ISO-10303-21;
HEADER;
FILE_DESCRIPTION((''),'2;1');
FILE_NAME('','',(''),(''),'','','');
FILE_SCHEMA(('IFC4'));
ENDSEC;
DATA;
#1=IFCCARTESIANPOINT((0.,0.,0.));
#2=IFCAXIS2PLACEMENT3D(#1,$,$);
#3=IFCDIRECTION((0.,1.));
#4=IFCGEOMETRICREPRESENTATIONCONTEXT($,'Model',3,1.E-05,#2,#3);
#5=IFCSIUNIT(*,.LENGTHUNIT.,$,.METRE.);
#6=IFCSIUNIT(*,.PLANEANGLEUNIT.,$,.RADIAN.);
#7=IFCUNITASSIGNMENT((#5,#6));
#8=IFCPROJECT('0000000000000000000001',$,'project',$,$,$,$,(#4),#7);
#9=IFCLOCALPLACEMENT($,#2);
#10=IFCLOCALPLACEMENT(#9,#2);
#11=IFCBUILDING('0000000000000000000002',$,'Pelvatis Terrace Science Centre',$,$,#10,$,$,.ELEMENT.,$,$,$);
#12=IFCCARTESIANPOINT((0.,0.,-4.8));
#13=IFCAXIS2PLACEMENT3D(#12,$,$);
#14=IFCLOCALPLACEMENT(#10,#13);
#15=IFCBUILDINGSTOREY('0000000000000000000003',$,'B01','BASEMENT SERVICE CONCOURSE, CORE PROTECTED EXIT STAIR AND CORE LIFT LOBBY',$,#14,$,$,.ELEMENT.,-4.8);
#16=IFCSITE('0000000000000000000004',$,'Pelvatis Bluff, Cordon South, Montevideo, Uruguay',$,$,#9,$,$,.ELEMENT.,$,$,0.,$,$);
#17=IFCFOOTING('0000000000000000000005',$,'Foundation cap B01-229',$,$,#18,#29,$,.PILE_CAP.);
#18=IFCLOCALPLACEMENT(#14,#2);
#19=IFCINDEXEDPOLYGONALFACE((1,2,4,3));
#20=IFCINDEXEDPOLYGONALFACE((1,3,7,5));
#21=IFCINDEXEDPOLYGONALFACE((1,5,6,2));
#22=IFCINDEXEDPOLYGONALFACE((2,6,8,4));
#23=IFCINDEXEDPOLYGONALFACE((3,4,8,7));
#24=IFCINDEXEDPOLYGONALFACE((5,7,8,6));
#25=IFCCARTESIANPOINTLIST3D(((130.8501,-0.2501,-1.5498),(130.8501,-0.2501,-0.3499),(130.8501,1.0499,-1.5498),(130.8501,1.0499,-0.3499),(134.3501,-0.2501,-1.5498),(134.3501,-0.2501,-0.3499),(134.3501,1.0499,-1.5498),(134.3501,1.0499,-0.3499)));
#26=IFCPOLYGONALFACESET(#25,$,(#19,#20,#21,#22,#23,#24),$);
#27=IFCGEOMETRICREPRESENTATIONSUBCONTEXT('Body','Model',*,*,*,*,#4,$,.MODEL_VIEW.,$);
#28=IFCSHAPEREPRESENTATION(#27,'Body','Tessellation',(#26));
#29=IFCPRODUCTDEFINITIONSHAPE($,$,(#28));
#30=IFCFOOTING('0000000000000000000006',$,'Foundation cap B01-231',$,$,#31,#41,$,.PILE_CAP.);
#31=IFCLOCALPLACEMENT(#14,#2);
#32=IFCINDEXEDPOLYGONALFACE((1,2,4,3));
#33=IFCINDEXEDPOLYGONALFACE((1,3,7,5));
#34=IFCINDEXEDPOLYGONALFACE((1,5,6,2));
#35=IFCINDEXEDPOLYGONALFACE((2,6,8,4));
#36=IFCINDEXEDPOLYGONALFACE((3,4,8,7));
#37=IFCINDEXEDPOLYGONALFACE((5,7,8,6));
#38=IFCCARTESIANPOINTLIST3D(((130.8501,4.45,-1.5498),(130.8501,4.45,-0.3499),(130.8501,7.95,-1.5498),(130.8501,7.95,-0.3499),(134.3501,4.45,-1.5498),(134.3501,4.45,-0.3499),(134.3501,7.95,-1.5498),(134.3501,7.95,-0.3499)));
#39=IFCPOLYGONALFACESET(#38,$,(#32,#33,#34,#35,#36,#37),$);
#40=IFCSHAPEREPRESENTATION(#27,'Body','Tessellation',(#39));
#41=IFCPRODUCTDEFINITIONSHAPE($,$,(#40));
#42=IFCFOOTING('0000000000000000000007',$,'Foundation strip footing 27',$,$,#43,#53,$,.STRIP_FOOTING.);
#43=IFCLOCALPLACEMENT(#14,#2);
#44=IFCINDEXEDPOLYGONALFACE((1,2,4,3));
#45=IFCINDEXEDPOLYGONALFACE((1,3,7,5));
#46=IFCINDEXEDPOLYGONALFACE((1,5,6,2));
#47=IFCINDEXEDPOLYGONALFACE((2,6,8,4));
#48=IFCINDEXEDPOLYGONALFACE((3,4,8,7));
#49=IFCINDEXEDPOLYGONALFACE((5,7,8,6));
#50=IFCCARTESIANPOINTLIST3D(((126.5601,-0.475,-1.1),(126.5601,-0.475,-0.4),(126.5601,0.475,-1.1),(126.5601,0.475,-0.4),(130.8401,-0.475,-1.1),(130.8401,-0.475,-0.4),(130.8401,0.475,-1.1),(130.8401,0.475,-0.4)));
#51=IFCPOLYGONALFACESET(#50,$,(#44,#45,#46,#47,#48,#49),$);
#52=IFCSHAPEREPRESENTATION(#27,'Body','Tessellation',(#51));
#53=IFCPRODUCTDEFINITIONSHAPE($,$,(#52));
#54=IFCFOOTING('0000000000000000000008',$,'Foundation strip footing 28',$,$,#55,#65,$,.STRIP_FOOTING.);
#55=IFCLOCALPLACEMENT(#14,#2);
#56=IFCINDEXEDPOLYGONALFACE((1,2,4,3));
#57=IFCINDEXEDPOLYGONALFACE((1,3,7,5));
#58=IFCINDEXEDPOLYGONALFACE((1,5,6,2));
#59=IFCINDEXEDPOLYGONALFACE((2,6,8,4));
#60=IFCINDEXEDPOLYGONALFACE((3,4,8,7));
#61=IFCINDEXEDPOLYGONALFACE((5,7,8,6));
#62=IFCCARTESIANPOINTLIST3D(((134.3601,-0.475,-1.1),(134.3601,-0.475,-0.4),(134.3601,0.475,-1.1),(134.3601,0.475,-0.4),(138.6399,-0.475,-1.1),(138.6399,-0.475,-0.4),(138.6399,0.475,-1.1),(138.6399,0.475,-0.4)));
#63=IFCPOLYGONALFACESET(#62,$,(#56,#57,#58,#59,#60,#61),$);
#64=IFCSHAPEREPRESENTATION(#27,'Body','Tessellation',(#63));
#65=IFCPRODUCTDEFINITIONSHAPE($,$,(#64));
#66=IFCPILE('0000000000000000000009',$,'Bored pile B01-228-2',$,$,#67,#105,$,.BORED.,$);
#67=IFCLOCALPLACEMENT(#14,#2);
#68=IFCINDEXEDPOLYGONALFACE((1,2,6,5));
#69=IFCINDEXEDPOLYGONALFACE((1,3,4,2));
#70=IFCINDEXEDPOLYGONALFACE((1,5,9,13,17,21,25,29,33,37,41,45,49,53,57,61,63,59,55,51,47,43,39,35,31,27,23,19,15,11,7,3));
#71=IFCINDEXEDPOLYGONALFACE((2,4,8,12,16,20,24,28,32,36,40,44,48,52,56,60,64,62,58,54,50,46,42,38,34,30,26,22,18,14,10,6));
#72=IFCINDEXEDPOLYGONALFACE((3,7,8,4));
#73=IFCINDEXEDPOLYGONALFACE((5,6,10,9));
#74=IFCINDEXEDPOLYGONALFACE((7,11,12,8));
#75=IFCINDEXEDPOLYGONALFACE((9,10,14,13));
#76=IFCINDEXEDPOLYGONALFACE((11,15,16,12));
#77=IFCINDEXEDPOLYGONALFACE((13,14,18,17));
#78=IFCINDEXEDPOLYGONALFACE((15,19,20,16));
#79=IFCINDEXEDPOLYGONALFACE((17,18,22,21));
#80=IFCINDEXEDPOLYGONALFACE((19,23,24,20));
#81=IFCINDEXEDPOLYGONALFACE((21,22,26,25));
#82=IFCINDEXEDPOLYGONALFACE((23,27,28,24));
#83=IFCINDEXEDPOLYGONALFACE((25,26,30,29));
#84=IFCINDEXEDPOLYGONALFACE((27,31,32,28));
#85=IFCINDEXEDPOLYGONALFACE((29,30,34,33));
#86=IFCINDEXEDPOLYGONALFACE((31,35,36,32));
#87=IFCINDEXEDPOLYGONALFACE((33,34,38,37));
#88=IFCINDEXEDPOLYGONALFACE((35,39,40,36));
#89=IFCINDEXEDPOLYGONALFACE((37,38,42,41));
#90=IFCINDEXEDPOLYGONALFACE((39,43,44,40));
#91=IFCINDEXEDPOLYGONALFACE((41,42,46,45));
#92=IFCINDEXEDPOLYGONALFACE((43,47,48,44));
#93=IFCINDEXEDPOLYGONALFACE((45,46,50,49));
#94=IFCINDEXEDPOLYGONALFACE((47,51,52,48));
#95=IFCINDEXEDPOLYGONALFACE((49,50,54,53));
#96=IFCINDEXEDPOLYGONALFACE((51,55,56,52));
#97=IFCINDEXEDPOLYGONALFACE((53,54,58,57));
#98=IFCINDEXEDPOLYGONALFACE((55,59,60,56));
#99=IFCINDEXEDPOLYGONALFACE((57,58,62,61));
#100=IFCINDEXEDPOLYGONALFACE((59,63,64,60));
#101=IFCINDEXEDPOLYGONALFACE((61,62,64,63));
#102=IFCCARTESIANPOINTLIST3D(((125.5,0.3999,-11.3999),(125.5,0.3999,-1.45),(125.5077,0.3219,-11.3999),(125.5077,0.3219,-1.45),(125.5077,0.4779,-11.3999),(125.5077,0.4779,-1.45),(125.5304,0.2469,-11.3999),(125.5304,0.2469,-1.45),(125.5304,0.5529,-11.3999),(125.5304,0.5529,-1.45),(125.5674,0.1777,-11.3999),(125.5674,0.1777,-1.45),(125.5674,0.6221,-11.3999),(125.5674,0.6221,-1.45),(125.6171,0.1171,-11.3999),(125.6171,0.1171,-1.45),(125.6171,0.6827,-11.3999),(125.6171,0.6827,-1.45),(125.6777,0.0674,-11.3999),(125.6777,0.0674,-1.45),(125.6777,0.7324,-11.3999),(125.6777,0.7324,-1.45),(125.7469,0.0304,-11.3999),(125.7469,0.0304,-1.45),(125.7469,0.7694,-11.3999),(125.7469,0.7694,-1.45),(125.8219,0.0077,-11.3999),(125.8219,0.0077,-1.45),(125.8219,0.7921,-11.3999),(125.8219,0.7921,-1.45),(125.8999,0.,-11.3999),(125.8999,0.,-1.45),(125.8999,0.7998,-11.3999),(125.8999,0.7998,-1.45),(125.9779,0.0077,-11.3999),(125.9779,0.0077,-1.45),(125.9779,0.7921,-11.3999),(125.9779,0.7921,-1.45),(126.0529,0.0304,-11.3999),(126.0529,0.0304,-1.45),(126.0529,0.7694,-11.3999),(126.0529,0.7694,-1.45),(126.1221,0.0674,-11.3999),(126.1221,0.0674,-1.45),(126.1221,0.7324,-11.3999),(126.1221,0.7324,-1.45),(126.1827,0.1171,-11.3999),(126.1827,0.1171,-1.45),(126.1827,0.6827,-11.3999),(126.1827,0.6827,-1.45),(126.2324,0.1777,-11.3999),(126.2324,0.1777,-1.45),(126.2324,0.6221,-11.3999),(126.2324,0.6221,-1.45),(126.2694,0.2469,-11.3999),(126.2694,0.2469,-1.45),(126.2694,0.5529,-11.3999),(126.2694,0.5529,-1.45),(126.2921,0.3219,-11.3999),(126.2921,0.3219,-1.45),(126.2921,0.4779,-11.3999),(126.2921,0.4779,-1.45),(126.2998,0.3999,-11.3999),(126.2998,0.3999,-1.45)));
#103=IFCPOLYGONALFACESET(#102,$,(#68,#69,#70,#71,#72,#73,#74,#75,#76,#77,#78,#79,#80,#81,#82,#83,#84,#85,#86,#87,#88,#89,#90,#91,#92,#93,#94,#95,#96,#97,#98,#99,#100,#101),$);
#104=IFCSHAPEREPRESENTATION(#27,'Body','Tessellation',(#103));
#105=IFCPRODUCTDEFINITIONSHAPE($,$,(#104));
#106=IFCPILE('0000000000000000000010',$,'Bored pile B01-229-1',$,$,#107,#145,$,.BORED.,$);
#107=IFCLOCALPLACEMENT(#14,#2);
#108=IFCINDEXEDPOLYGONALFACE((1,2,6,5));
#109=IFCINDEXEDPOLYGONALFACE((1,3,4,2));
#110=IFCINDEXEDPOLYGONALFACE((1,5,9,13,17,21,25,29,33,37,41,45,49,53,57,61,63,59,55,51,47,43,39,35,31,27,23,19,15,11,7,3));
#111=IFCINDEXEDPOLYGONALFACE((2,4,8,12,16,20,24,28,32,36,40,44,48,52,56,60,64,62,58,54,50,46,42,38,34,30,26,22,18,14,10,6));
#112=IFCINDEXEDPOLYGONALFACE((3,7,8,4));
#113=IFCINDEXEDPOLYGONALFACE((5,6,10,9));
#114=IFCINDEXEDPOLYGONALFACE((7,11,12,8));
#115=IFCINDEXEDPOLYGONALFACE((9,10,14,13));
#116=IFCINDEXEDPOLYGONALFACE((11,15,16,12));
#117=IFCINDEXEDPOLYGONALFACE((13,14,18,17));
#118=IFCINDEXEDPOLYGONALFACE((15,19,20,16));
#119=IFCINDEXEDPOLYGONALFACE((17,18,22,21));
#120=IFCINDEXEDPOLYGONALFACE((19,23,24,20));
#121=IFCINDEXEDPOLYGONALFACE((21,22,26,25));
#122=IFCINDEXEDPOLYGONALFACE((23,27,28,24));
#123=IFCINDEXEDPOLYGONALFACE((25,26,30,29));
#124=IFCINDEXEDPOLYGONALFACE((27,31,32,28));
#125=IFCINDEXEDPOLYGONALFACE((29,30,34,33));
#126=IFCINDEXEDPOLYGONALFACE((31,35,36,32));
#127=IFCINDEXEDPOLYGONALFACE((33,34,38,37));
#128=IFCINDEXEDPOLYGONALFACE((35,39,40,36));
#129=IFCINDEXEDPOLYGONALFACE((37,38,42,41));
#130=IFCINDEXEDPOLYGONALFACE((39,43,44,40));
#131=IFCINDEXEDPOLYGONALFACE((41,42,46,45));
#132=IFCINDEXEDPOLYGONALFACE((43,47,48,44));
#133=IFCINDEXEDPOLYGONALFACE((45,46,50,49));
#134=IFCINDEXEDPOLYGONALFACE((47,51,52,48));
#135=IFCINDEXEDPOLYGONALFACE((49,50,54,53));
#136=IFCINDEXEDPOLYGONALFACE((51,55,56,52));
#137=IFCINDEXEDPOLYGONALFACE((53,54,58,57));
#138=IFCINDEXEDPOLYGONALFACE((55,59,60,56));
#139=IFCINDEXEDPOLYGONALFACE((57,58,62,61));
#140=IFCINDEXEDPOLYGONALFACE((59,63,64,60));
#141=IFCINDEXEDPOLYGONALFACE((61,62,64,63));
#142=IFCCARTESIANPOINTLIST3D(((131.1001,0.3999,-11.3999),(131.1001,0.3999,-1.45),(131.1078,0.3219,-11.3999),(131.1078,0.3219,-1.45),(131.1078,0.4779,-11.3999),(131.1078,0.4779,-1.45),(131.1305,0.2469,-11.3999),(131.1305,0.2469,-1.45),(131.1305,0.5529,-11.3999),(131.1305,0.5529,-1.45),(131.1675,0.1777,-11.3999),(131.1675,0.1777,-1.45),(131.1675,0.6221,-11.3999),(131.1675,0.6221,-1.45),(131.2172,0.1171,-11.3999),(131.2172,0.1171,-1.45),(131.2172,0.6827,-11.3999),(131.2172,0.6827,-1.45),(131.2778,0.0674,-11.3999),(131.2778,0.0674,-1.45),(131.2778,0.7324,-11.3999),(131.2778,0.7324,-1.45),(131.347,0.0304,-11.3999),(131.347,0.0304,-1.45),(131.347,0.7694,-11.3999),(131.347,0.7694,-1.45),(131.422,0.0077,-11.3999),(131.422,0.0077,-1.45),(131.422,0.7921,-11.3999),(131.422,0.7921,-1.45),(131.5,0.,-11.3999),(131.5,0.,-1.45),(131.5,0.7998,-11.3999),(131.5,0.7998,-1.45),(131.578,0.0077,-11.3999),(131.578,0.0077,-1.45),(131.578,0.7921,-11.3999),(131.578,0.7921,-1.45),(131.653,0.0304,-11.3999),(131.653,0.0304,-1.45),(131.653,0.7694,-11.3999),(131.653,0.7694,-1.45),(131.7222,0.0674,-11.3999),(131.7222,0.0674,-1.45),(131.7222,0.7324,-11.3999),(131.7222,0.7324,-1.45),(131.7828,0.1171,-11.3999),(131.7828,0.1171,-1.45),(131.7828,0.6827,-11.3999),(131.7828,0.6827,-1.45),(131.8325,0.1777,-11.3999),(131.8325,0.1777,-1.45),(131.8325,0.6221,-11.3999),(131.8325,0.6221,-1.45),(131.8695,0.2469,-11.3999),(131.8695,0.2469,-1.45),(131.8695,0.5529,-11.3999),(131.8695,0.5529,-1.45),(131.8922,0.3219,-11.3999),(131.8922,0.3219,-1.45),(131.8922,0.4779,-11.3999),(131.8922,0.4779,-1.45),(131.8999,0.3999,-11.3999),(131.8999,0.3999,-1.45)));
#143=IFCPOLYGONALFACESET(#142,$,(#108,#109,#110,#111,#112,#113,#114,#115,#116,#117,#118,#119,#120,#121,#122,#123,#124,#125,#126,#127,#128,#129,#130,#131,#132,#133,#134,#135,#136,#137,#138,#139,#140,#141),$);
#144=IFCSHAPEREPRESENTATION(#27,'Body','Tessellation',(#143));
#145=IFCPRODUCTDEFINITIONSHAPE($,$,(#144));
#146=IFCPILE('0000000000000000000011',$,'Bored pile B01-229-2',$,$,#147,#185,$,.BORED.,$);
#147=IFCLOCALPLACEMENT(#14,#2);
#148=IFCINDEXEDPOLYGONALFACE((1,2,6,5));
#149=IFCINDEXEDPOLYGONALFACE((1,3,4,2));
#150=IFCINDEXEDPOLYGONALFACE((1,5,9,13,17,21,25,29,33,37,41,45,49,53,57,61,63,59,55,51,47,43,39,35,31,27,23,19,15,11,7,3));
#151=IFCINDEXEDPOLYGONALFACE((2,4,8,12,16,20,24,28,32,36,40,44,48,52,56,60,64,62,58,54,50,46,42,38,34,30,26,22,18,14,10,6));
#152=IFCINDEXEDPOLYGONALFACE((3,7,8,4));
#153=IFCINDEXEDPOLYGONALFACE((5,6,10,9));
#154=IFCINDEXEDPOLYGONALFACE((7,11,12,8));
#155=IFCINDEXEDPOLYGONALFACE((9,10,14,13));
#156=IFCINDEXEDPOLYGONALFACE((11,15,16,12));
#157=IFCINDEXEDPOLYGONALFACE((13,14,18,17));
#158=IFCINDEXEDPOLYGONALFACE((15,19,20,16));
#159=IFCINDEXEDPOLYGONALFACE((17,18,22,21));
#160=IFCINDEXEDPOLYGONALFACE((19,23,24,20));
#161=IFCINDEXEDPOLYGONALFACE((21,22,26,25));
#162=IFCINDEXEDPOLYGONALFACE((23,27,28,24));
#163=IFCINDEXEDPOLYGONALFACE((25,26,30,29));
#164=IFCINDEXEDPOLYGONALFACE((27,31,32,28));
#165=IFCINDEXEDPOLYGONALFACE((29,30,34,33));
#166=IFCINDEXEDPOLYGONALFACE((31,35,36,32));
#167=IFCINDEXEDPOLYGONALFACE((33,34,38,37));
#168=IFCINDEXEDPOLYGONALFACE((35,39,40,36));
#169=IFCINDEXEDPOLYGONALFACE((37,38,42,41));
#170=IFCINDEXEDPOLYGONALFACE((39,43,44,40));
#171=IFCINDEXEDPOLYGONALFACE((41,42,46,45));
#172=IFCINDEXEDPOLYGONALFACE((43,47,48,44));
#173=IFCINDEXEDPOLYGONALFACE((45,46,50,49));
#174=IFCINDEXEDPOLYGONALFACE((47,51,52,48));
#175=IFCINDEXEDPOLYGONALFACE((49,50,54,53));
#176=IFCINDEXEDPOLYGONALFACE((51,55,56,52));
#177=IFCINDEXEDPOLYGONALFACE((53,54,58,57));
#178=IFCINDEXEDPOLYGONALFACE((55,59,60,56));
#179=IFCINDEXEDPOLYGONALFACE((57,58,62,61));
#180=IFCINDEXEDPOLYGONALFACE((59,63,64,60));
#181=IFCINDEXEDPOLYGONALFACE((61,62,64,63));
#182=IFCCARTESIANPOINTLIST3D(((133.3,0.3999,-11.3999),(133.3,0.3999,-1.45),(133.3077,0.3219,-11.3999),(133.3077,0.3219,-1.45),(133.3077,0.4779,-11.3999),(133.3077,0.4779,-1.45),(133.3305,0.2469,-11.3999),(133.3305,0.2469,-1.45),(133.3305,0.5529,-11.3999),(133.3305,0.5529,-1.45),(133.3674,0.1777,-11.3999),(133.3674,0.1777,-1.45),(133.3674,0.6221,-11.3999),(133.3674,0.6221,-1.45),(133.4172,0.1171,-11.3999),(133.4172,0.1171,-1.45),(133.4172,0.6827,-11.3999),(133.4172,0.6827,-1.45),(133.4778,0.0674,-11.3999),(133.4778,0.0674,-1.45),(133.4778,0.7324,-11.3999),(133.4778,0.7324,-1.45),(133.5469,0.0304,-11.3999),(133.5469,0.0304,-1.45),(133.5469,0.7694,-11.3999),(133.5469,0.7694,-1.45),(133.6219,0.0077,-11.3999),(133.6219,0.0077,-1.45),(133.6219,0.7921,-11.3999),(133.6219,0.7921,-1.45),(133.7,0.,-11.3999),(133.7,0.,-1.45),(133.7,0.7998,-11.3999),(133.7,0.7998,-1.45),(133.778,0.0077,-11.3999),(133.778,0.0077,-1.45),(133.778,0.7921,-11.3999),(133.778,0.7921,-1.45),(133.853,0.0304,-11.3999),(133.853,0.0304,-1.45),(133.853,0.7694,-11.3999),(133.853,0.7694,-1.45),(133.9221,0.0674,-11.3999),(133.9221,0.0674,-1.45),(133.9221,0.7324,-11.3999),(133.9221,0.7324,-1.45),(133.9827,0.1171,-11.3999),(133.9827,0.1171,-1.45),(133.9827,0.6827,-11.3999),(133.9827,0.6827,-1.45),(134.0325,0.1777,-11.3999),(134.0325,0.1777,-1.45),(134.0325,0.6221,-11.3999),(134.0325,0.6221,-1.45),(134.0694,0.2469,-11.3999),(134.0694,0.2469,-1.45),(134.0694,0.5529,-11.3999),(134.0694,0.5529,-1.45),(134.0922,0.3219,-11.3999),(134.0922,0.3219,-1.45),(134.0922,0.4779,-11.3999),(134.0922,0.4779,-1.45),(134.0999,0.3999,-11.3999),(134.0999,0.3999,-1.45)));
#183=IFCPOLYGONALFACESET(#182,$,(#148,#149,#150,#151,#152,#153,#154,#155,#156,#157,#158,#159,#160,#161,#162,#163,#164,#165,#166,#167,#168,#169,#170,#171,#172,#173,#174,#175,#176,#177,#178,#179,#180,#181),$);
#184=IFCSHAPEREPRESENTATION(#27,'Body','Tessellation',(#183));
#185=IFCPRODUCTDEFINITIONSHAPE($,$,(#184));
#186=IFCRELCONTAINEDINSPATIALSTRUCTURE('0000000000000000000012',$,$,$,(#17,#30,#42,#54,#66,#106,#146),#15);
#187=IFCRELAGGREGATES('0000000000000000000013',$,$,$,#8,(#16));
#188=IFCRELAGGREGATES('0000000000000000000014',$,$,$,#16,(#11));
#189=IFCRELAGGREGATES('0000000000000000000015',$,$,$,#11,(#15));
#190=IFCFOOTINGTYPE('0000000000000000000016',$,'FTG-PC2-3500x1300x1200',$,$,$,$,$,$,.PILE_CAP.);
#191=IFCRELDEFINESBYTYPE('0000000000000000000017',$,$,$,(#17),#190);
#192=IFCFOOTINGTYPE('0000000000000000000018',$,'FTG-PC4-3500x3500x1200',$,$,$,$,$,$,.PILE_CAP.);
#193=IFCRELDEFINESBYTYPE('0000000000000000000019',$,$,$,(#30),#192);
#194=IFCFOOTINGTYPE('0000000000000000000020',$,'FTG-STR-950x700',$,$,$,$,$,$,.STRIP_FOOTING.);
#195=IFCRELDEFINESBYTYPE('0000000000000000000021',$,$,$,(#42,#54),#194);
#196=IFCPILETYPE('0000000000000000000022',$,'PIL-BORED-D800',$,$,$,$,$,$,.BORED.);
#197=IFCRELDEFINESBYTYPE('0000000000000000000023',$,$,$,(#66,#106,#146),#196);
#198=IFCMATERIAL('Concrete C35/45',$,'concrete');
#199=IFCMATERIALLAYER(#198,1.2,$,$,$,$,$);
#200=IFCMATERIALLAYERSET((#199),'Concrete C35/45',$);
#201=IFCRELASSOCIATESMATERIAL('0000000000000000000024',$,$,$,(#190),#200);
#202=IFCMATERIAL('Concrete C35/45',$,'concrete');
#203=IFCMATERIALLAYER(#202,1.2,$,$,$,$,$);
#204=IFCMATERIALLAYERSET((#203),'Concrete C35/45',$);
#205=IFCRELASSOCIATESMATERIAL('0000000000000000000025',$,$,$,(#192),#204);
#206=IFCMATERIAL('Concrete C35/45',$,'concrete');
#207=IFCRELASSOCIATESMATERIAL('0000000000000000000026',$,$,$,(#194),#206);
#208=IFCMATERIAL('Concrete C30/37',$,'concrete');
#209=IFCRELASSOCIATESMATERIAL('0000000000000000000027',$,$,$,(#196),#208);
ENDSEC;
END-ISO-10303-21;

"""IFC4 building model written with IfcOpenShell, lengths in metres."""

from ifc_helpers import new_model, si_unit, direction, frame, origin, origin_2d, place, context, subcontext, project, spatial, rectangle, circle, extrude, material, layer, layer_set, material_profile, profile_set, type_object, element, save


model = new_model("IFC4")

# Units and contexts
model_context = context("Model", 3, precision=1e-05, world=origin(), true_north=direction((0.0, 1.0)))
body_context = subcontext(model_context, "Body", "Model", "MODEL_VIEW")
ifc_project = project(units=[si_unit("LENGTHUNIT", "METRE"), si_unit("PLANEANGLEUNIT", "RADIAN")], contexts=[model_context])

# Site, building, storey
site_placement = place(None, origin())
site = spatial("IfcSite", under=ifc_project, at=site_placement, Name="Pelvatis Bluff, Cordon South, Montevideo, Uruguay", CompositionType="ELEMENT", RefElevation=0.0)
building_placement = place(site_placement, origin())
building = spatial("IfcBuilding", under=site, at=building_placement, Name="Pelvatis Terrace Science Centre", CompositionType="ELEMENT")
storey_placement = place(building_placement, frame((0.0, 0.0, -4.8)))
storey = spatial("IfcBuildingStorey", under=building, at=storey_placement, Name="B01", Description="BASEMENT SERVICE CONCOURSE, CORE PROTECTED EXIT STAIR AND CORE LIFT LOBBY", CompositionType="ELEMENT", Elevation=-4.8)

# Footings
ifc_material_1 = material(Name="Concrete C35/45", Category="concrete")
ifc_layer_1 = layer(ifc_material_1, 1.2)
ifc_layer_set_1 = layer_set([ifc_layer_1], Name="Concrete C35/45")
footing_type_1 = type_object("IfcFootingType", Name="FTG-PC2-3500x1300x1200", PredefinedType="PILE_CAP", material=ifc_layer_set_1)
footing_1_placement = place(storey_placement, frame((132.6001, 0.3999, -1.5498), z_axis=(0.0, 0.0, 1.0), x_axis=(1.0, 0.0, 0.0)))
element("IfcFooting", 1, at=footing_1_placement, inside=storey, type_object=footing_type_1, Name="Foundation cap B01-229", PredefinedType="PILE_CAP", context=body_context, shape_type="SweptSolid", body=[
    extrude(rectangle(XDim=3.5, YDim=1.3, at=origin_2d()), origin(), (0.0, 0.0, 1.0), 1.2),
])
ifc_material_2 = material(Name="Concrete C35/45", Category="concrete")
ifc_layer_2 = layer(ifc_material_2, 1.2)
ifc_layer_set_2 = layer_set([ifc_layer_2], Name="Concrete C35/45")
footing_type_2 = type_object("IfcFootingType", Name="FTG-PC4-3500x3500x1200", PredefinedType="PILE_CAP", material=ifc_layer_set_2)
footing_2_placement = place(storey_placement, frame((132.6001, 6.2, -1.5498), z_axis=(0.0, 0.0, 1.0), x_axis=(1.0, 0.0, 0.0)))
element("IfcFooting", 2, at=footing_2_placement, inside=storey, type_object=footing_type_2, Name="Foundation cap B01-231", PredefinedType="PILE_CAP", context=body_context, shape_type="SweptSolid", body=[
    extrude(rectangle(XDim=3.5, YDim=3.5, at=origin_2d()), origin(), (0.0, 0.0, 1.0), 1.2),
])
ifc_material_3 = material(Name="Concrete C35/45", Category="concrete")
ifc_material_profile_1 = material_profile(ifc_material_3, rectangle(XDim=0.95, YDim=0.7, at=origin_2d()), Name="RC-STR 950x700")
ifc_profile_set_1 = profile_set([ifc_material_profile_1], Name="Concrete C35/45")
footing_type_3 = type_object("IfcFootingType", Name="FTG-STR-950x700", PredefinedType="STRIP_FOOTING", material=ifc_profile_set_1)
footing_3_placement = place(storey_placement, frame((126.5601, 0.0, -0.75), z_axis=(1.0, 0.0, 0.0), x_axis=(0.0, 1.0, 0.0)))
element("IfcFooting", 3, at=footing_3_placement, inside=storey, type_object=footing_type_3, Name="Foundation strip footing 27", PredefinedType="STRIP_FOOTING", context=body_context, shape_type="SweptSolid", body=[
    extrude(rectangle(XDim=0.95, YDim=0.7, at=origin_2d()), origin(), (0.0, 0.0, 1.0), 4.28),
])
footing_4_placement = place(storey_placement, frame((134.3601, 0.0, -0.75), z_axis=(1.0, 0.0, 0.0), x_axis=(0.0, 1.0, 0.0)))
element("IfcFooting", 4, at=footing_4_placement, inside=storey, type_object=footing_type_3, Name="Foundation strip footing 28", PredefinedType="STRIP_FOOTING", context=body_context, shape_type="SweptSolid", body=[
    extrude(rectangle(XDim=0.95, YDim=0.7, at=origin_2d()), origin(), (0.0, 0.0, 1.0), 4.2798),
])

# Piles
ifc_material_4 = material(Name="Concrete C30/37", Category="concrete")
ifc_material_profile_2 = material_profile(ifc_material_4, circle(Radius=0.3999, at=origin_2d()), Name="PILE D800")
ifc_profile_set_2 = profile_set([ifc_material_profile_2], Name="Concrete C30/37")
pile_type = type_object("IfcPileType", Name="PIL-BORED-D800", PredefinedType="BORED", material=ifc_profile_set_2)
for number, where, z_axis, x_axis, name in (
    (5, (125.8999, 0.3999, -1.45), (0.0, 0.0, -1.0), (1.0, 0.0, 0.0), "Bored pile B01-228-2"),
    (6, (131.5, 0.3999, -1.45), (0.0, 0.0, -1.0), (1.0, 0.0, 0.0), "Bored pile B01-229-1"),
    (7, (133.7, 0.3999, -1.45), (0.0, 0.0, -1.0), (1.0, 0.0, 0.0), "Bored pile B01-229-2"),
):
    element("IfcPile", number, at=place(storey_placement, frame(where, z_axis=z_axis, x_axis=x_axis)), inside=storey, type_object=pile_type, Name=name, PredefinedType="BORED", context=body_context, shape_type="SweptSolid", body=[
        extrude(circle(Radius=0.3999, at=origin_2d()), origin(), (0.0, 0.0, 1.0), 9.95),
    ])

save(model, "model.ifc")
